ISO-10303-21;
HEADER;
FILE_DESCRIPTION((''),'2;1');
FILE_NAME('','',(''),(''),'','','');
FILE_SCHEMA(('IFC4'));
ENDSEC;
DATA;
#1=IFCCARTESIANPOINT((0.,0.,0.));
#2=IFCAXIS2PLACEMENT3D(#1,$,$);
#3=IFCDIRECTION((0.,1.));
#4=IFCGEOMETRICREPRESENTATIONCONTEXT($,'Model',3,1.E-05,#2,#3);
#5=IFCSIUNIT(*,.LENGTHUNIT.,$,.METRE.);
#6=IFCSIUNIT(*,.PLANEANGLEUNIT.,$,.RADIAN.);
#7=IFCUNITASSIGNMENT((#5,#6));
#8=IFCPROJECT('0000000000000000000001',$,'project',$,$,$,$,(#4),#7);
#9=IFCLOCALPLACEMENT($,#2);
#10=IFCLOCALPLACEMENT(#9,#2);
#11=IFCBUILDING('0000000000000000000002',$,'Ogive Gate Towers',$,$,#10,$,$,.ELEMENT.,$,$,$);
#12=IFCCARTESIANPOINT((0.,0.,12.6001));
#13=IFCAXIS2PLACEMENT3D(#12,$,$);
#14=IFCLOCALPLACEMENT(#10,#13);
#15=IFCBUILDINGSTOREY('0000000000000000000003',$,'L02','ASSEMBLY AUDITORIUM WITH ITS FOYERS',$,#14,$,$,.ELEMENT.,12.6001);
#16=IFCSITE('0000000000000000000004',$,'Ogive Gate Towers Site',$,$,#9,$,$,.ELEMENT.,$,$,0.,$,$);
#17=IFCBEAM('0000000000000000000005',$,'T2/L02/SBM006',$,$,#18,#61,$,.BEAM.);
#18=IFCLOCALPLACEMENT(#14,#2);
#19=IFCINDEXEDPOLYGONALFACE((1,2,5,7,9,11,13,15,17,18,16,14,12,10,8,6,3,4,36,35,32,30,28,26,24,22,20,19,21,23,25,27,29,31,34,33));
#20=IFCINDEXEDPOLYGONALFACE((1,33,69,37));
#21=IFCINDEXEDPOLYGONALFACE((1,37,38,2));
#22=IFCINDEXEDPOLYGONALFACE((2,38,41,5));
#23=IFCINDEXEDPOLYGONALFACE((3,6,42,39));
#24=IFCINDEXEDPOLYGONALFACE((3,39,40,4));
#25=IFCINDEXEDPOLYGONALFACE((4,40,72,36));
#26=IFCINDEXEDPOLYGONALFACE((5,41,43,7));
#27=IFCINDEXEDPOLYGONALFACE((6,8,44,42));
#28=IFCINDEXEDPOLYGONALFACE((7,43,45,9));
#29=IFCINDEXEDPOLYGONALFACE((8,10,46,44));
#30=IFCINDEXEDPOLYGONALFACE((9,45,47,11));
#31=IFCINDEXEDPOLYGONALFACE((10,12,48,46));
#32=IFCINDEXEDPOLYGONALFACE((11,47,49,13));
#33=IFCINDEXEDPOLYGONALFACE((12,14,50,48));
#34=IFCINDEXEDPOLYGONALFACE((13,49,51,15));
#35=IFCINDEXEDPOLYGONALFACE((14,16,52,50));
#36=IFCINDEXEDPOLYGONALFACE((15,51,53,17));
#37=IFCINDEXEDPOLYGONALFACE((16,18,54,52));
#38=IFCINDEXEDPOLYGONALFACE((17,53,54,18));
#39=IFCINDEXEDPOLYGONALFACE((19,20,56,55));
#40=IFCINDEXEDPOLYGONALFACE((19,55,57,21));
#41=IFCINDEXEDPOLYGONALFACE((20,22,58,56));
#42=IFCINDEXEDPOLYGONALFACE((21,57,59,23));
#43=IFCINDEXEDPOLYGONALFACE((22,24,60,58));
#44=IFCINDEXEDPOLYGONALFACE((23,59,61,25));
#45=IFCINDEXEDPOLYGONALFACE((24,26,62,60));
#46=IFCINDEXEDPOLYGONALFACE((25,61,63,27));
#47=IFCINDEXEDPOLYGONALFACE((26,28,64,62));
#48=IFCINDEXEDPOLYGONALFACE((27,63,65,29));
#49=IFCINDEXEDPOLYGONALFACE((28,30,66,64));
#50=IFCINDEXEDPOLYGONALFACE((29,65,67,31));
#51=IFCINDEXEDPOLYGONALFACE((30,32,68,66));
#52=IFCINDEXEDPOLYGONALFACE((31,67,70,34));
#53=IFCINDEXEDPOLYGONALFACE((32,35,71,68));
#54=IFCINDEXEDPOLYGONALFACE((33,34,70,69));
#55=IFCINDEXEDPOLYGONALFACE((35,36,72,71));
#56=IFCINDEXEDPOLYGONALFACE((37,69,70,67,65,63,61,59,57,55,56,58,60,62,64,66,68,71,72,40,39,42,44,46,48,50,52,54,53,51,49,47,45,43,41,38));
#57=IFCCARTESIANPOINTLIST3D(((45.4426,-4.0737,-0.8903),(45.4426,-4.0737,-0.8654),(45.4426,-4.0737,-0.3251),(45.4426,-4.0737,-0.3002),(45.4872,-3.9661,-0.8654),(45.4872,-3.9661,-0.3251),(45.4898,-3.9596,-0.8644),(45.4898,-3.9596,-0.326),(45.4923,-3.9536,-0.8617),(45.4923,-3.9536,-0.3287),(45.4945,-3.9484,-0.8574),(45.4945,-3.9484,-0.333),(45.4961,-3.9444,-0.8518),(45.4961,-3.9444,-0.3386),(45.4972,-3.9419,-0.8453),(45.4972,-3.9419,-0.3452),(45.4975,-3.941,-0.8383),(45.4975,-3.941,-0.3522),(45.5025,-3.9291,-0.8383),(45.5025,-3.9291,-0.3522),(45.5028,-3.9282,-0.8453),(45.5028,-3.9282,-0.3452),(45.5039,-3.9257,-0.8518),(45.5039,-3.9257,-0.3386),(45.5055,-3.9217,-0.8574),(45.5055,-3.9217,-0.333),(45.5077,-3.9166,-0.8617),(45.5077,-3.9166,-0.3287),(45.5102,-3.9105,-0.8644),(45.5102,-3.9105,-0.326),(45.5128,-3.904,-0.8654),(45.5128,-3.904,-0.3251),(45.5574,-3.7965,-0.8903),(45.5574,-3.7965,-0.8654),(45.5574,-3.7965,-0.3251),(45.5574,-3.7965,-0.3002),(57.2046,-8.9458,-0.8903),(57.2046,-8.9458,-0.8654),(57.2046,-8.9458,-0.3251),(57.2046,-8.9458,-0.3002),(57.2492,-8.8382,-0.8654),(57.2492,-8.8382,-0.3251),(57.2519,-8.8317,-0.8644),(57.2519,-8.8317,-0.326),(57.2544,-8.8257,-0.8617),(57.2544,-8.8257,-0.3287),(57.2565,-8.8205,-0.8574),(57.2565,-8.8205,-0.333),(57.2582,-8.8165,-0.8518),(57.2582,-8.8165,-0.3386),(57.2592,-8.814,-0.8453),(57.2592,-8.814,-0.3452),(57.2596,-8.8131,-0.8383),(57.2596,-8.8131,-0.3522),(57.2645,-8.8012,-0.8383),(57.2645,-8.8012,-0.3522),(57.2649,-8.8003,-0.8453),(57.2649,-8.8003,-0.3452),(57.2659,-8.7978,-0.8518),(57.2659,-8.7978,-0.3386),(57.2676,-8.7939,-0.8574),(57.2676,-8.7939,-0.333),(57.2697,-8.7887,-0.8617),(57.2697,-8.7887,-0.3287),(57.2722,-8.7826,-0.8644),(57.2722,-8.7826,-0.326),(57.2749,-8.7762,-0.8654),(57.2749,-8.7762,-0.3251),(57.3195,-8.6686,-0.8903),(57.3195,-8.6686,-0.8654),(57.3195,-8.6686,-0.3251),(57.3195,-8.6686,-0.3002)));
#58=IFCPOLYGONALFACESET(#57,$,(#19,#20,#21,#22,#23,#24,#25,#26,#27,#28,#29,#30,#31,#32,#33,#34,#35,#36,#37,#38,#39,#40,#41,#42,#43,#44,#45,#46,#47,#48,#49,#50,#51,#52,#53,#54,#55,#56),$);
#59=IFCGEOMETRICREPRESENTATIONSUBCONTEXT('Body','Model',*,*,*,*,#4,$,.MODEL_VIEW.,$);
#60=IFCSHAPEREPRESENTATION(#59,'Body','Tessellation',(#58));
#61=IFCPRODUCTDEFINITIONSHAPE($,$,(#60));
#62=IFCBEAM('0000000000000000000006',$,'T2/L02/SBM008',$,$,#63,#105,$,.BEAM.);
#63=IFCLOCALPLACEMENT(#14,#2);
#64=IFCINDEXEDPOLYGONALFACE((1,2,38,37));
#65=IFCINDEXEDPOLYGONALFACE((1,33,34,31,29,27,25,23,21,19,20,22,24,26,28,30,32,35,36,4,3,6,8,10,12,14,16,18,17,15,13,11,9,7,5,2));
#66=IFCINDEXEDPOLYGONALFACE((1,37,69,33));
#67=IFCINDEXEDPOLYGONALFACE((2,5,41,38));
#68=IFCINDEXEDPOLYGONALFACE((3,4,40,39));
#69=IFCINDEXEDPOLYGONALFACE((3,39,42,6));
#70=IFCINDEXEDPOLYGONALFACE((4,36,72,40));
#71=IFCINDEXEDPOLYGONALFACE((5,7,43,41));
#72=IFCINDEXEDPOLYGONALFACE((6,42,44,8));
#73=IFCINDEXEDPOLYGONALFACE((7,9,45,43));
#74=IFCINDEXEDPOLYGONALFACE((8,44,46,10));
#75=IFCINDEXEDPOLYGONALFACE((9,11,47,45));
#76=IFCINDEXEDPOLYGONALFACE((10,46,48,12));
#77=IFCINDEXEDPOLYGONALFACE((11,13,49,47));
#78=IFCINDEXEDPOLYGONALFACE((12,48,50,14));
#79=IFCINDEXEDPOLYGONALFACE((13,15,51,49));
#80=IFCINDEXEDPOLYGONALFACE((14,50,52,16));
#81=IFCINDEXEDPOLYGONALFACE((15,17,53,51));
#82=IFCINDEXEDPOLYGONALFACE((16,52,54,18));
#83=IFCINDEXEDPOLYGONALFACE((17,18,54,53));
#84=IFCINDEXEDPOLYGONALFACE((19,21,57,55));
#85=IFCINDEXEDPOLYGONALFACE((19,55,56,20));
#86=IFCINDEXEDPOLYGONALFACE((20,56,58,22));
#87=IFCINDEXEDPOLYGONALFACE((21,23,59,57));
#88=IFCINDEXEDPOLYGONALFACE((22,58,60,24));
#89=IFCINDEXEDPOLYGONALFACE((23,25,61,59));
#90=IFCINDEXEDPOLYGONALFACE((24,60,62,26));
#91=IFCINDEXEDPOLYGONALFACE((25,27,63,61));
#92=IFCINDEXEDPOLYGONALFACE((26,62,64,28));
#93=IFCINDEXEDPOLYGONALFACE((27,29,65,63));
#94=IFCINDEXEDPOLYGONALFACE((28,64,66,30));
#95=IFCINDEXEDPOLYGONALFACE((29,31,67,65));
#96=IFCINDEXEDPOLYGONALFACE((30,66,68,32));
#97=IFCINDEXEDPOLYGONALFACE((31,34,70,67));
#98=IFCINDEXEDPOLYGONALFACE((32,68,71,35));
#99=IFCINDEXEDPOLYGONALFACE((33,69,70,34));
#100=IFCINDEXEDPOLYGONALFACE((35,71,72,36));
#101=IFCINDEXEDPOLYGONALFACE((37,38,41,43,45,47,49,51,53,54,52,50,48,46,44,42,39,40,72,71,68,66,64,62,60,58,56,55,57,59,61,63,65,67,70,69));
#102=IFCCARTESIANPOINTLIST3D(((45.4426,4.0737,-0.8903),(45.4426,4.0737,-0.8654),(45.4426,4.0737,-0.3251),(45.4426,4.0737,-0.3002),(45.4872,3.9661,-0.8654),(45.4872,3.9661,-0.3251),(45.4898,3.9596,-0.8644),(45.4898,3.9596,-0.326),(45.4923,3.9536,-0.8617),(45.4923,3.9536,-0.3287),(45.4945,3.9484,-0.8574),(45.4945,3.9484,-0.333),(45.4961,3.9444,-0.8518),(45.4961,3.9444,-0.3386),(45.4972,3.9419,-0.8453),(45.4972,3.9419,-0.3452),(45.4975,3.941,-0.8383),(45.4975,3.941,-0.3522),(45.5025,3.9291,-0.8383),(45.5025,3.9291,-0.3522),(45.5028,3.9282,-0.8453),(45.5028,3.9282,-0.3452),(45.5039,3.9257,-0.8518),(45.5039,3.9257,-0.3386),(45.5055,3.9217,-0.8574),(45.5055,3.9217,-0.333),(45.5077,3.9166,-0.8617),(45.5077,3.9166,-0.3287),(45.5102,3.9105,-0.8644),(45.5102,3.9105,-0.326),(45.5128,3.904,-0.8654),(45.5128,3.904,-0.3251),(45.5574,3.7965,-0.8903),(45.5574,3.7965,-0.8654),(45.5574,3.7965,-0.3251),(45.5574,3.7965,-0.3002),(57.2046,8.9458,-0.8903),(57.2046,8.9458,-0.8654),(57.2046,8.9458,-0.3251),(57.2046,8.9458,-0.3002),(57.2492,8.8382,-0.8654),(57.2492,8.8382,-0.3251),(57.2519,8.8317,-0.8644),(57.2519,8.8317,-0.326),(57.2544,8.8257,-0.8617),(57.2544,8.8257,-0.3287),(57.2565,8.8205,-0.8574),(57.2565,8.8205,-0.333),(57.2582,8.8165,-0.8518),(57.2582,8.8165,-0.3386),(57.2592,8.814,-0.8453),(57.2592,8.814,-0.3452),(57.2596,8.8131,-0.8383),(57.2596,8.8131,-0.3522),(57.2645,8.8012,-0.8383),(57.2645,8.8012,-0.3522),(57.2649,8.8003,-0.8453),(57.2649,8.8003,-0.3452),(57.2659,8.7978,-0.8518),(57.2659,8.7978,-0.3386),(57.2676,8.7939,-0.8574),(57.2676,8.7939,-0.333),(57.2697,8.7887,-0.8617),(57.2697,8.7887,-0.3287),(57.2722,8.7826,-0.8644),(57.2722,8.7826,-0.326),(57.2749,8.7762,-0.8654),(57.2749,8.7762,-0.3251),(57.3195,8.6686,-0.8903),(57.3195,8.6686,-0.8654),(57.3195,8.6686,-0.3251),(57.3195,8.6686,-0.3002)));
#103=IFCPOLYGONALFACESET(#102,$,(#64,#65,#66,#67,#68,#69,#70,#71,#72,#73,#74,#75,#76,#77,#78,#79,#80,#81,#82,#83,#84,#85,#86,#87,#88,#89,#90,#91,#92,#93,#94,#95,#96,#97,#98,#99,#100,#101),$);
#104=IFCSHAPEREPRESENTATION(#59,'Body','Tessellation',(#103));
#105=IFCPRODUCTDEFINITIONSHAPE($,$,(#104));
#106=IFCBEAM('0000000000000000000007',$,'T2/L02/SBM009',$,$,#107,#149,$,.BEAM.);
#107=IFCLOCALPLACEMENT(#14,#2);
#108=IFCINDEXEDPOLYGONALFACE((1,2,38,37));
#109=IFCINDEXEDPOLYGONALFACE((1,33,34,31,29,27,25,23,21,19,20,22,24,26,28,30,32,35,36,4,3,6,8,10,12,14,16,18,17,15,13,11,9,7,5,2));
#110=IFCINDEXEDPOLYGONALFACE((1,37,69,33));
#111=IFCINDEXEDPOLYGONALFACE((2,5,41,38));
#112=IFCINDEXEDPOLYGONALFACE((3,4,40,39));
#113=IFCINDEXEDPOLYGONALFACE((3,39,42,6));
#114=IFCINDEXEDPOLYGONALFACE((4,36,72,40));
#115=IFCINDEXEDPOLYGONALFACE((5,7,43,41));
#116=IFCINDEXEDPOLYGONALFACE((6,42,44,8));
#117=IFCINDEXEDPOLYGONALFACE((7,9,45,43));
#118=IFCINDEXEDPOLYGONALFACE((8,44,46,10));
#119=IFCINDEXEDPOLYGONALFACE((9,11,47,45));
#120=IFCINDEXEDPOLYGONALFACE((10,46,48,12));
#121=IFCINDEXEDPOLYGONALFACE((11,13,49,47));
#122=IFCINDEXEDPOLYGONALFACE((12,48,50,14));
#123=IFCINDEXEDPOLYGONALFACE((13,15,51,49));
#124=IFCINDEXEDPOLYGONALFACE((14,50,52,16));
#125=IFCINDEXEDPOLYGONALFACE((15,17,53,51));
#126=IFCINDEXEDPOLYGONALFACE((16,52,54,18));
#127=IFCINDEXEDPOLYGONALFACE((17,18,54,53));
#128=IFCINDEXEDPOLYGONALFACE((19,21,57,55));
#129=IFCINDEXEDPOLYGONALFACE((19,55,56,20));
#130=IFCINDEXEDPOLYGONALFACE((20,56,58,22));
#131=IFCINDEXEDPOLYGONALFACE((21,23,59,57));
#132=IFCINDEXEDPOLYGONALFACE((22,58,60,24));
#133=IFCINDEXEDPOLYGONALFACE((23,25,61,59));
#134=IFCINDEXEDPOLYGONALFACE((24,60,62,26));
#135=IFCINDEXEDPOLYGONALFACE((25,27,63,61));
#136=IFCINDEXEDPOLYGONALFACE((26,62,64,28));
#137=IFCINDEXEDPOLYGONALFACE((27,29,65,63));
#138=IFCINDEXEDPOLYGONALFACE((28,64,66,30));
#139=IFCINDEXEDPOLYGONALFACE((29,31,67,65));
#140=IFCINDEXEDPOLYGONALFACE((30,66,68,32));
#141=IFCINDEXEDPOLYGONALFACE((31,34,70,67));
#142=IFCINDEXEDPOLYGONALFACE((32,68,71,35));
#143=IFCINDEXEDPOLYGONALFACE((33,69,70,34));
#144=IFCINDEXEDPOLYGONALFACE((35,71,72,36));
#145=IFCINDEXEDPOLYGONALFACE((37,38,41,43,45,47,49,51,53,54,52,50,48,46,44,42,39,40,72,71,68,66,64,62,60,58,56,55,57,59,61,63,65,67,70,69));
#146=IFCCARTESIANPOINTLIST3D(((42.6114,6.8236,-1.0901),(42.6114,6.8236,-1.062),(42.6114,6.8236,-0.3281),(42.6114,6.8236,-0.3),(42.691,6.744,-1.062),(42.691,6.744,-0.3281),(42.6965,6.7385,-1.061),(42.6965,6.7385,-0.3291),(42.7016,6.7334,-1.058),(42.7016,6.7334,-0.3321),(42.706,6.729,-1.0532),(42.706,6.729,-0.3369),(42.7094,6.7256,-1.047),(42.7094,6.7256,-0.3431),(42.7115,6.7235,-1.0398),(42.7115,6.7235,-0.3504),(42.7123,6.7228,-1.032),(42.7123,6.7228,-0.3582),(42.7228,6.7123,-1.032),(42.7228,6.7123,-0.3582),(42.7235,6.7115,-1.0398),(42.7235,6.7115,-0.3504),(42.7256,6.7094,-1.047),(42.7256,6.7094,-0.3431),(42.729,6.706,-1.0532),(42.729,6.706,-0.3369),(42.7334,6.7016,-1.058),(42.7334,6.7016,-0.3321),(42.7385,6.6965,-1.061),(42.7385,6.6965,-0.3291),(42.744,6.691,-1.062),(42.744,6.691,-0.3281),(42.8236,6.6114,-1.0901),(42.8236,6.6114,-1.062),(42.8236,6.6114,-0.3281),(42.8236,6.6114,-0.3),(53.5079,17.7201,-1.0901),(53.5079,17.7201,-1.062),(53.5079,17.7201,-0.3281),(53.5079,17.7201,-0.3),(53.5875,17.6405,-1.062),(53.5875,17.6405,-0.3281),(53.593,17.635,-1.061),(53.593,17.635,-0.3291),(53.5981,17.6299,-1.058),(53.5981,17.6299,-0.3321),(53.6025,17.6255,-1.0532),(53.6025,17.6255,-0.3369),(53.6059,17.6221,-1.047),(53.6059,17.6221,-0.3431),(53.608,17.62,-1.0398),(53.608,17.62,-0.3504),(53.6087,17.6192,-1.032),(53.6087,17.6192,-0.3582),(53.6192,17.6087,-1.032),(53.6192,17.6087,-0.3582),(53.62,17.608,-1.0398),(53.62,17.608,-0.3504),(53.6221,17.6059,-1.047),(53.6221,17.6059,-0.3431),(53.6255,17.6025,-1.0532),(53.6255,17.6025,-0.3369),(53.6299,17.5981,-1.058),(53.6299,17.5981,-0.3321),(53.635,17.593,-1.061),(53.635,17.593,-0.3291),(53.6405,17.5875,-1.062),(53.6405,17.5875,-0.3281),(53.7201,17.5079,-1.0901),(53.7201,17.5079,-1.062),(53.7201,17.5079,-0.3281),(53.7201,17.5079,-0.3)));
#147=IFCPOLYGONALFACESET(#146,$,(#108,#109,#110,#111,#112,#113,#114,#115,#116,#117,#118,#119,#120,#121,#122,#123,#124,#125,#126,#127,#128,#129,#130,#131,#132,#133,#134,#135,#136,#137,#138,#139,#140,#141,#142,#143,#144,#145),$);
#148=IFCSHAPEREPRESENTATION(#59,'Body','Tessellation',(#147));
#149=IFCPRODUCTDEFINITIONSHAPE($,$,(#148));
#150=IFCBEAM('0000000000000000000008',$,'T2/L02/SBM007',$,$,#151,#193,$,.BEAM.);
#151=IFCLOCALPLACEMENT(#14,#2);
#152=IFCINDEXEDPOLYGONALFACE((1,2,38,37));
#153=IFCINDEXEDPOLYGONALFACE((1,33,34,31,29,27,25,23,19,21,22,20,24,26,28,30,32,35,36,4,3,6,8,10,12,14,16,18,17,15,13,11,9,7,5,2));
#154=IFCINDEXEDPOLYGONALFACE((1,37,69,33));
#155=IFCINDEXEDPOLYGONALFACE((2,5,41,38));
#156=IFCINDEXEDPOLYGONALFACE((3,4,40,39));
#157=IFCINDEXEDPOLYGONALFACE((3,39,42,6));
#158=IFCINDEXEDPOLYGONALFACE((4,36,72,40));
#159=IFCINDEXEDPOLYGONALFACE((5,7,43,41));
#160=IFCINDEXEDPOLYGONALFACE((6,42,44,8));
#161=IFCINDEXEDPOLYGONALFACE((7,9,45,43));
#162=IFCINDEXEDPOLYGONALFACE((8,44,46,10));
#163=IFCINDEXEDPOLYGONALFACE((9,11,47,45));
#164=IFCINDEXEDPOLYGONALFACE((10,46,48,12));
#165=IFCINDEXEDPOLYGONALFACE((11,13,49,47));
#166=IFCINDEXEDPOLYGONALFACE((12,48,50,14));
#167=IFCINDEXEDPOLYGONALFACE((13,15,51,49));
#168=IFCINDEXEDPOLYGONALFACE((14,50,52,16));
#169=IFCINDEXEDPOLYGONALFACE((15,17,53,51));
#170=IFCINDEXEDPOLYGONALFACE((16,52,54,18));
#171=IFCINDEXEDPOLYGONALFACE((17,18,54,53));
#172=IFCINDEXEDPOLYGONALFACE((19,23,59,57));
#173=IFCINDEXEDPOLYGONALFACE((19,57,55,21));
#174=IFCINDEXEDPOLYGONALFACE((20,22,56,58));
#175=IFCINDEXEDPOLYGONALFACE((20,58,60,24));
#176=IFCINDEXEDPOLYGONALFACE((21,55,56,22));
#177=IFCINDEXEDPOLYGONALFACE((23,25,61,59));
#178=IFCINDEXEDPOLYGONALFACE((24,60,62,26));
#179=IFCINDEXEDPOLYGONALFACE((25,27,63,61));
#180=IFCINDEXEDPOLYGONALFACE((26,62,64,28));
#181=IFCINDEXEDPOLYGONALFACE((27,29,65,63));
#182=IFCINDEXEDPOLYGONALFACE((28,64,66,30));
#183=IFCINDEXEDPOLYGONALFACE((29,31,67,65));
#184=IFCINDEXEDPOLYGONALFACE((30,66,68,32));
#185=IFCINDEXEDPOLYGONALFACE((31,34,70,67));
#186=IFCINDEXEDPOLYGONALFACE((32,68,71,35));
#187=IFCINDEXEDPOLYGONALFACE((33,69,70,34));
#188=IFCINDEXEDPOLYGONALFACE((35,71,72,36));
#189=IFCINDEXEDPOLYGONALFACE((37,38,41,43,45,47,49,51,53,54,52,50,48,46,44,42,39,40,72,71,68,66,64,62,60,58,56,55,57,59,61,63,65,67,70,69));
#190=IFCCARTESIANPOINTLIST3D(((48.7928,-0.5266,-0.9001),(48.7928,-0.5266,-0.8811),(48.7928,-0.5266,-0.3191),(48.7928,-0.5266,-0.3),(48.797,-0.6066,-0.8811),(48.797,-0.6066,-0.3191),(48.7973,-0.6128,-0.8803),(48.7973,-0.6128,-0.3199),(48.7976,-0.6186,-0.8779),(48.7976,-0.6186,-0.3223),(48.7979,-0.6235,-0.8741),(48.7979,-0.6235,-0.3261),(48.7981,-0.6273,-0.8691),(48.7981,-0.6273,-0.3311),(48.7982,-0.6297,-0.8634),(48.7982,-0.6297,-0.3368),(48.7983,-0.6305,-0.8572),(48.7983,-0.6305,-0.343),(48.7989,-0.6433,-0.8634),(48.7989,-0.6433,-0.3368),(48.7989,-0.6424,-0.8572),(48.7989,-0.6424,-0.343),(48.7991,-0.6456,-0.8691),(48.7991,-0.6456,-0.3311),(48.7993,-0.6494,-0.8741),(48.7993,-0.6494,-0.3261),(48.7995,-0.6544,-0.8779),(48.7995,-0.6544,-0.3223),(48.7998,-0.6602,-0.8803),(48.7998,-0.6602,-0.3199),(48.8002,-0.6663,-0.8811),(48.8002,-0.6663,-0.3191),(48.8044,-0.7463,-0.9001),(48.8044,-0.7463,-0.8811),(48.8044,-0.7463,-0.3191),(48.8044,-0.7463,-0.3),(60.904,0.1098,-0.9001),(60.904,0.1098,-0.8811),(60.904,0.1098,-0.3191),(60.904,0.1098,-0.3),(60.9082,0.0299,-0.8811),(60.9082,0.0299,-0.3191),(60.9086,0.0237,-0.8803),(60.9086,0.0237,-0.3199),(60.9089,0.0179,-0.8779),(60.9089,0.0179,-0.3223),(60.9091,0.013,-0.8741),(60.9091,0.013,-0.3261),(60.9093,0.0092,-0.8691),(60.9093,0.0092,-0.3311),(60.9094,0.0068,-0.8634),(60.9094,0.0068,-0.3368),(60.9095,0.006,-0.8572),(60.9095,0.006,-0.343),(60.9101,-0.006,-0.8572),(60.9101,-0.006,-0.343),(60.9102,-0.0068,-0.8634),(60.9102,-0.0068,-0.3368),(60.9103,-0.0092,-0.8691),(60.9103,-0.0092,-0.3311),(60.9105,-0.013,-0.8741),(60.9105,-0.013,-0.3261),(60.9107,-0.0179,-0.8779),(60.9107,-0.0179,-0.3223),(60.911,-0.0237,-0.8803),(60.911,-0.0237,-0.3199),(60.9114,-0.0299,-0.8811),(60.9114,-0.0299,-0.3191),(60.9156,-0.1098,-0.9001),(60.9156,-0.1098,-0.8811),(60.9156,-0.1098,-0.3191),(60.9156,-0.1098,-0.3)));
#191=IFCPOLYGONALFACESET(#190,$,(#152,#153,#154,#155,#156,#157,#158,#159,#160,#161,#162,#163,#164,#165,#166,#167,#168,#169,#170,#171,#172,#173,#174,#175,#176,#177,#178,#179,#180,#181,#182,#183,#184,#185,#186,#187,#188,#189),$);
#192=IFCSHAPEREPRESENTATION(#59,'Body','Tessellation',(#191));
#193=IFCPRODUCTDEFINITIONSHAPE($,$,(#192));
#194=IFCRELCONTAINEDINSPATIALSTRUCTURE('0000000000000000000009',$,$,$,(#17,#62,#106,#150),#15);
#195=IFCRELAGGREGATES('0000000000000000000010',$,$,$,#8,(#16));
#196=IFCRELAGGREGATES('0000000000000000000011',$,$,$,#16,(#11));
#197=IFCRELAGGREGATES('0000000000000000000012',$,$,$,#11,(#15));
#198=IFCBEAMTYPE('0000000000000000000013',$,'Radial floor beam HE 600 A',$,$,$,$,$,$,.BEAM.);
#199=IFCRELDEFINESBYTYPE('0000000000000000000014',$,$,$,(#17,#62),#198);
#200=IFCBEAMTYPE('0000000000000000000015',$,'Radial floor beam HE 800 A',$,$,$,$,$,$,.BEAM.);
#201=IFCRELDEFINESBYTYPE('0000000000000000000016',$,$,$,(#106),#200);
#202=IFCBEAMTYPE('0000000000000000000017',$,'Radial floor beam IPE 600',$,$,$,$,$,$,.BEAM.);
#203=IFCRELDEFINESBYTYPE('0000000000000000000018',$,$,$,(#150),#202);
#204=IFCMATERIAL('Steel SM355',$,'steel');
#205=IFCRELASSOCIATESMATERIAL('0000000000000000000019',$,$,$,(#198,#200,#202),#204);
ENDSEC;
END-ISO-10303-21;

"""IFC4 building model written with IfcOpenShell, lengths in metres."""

from ifc_helpers import new_model, si_unit, direction, frame, origin, origin_2d, place, context, subcontext, project, spatial, i_section, extrude, material, material_profile, profile_set, type_object, element, save


model = new_model("IFC4")

# Units and contexts
model_context = context("Model", 3, precision=1e-05, world=origin(), true_north=direction((0.0, 1.0)))
body_context = subcontext(model_context, "Body", "Model", "MODEL_VIEW")
ifc_project = project(units=[si_unit("LENGTHUNIT", "METRE"), si_unit("PLANEANGLEUNIT", "RADIAN")], contexts=[model_context])

# Site, building, storey
site_placement = place(None, origin())
site = spatial("IfcSite", under=ifc_project, at=site_placement, Name="Ogive Gate Towers Site", CompositionType="ELEMENT", RefElevation=0.0)
building_placement = place(site_placement, origin())
building = spatial("IfcBuilding", under=site, at=building_placement, Name="Ogive Gate Towers", CompositionType="ELEMENT")
storey_placement = place(building_placement, frame((0.0, 0.0, 12.6001)))
storey = spatial("IfcBuildingStorey", under=building, at=storey_placement, Name="L02", Description="ASSEMBLY AUDITORIUM WITH ITS FOYERS", CompositionType="ELEMENT", Elevation=12.6001)

# Beams
ifc_material_1 = material(Name="Steel SM355", Category="steel")
ifc_material_profile_1 = material_profile(ifc_material_1, i_section(OverallWidth=0.3, OverallDepth=0.5901, WebThickness=0.0129, FlangeThickness=0.0249, FilletRadius=0.0271, at=origin_2d()), Name="HE 600 A")
ifc_profile_set_1 = profile_set([ifc_material_profile_1], Name="Steel SM355")
beam_type_1 = type_object("IfcBeamType", Name="Radial floor beam HE 600 A", PredefinedType="BEAM", material=ifc_profile_set_1)
for number, where, z_axis, x_axis, name in (
    (1, (45.5, -3.9351, -0.5952), (0.923877, -0.382691, 0.0), (0.382691, 0.923877, 0.0), "T2/L02/SBM006"),
    (2, (45.5, 3.9351, -0.5952), (0.923877, 0.382691, 0.0), (-0.382691, 0.923877, 0.0), "T2/L02/SBM008"),
):
    element("IfcBeam", number, at=place(storey_placement, frame(where, z_axis=z_axis, x_axis=x_axis)), inside=storey, type_object=beam_type_1, Name=name, PredefinedType="BEAM", context=body_context, shape_type="SweptSolid", body=[
        extrude(i_section(OverallWidth=0.3, OverallDepth=0.5901, WebThickness=0.0129, FlangeThickness=0.0249, FilletRadius=0.0271, at=origin_2d()), origin(), (0.0, 0.0, 1.0), 12.7312),
    ])
ifc_material_profile_2 = material_profile(ifc_material_1, i_section(OverallWidth=0.3, OverallDepth=0.79, WebThickness=0.0149, FlangeThickness=0.0281, FilletRadius=0.03, at=origin_2d()), Name="HE 800 A")
ifc_profile_set_2 = profile_set([ifc_material_profile_2], Name="Steel SM355")
beam_type_2 = type_object("IfcBeamType", Name="Radial floor beam HE 800 A", PredefinedType="BEAM", material=ifc_profile_set_2)
beam_1_placement = place(storey_placement, frame((42.7175, 6.7175, -0.6951), z_axis=(0.707107, 0.707107, 0.0), x_axis=(-0.707107, 0.707107, 0.0)))
element("IfcBeam", 3, at=beam_1_placement, inside=storey, type_object=beam_type_2, Name="T2/L02/SBM009", PredefinedType="BEAM", context=body_context, shape_type="SweptSolid", body=[
    extrude(i_section(OverallWidth=0.3, OverallDepth=0.79, WebThickness=0.0149, FlangeThickness=0.0281, FilletRadius=0.03, at=origin_2d()), origin(), (0.0, 0.0, 1.0), 15.4099),
])
ifc_material_profile_3 = material_profile(ifc_material_1, i_section(OverallWidth=0.22, OverallDepth=0.6001, WebThickness=0.012, FlangeThickness=0.019, FilletRadius=0.0239, at=origin_2d()), Name="IPE 600")
ifc_profile_set_3 = profile_set([ifc_material_profile_3], Name="Steel SM355")
beam_type_3 = type_object("IfcBeamType", Name="Radial floor beam IPE 600", PredefinedType="BEAM", material=ifc_profile_set_3)
beam_2_placement = place(storey_placement, frame((48.7986, -0.6365, -0.6001), z_axis=(0.998622, 0.05248, 0.0), x_axis=(-0.05248, 0.998622, 0.0)))
element("IfcBeam", 4, at=beam_2_placement, inside=storey, type_object=beam_type_3, Name="T2/L02/SBM007", PredefinedType="BEAM", context=body_context, shape_type="SweptSolid", body=[
    extrude(i_section(OverallWidth=0.22, OverallDepth=0.6001, WebThickness=0.012, FlangeThickness=0.019, FilletRadius=0.0239, at=origin_2d()), origin(), (0.0, 0.0, 1.0), 12.1279),
])

save(model, "model.ifc")
